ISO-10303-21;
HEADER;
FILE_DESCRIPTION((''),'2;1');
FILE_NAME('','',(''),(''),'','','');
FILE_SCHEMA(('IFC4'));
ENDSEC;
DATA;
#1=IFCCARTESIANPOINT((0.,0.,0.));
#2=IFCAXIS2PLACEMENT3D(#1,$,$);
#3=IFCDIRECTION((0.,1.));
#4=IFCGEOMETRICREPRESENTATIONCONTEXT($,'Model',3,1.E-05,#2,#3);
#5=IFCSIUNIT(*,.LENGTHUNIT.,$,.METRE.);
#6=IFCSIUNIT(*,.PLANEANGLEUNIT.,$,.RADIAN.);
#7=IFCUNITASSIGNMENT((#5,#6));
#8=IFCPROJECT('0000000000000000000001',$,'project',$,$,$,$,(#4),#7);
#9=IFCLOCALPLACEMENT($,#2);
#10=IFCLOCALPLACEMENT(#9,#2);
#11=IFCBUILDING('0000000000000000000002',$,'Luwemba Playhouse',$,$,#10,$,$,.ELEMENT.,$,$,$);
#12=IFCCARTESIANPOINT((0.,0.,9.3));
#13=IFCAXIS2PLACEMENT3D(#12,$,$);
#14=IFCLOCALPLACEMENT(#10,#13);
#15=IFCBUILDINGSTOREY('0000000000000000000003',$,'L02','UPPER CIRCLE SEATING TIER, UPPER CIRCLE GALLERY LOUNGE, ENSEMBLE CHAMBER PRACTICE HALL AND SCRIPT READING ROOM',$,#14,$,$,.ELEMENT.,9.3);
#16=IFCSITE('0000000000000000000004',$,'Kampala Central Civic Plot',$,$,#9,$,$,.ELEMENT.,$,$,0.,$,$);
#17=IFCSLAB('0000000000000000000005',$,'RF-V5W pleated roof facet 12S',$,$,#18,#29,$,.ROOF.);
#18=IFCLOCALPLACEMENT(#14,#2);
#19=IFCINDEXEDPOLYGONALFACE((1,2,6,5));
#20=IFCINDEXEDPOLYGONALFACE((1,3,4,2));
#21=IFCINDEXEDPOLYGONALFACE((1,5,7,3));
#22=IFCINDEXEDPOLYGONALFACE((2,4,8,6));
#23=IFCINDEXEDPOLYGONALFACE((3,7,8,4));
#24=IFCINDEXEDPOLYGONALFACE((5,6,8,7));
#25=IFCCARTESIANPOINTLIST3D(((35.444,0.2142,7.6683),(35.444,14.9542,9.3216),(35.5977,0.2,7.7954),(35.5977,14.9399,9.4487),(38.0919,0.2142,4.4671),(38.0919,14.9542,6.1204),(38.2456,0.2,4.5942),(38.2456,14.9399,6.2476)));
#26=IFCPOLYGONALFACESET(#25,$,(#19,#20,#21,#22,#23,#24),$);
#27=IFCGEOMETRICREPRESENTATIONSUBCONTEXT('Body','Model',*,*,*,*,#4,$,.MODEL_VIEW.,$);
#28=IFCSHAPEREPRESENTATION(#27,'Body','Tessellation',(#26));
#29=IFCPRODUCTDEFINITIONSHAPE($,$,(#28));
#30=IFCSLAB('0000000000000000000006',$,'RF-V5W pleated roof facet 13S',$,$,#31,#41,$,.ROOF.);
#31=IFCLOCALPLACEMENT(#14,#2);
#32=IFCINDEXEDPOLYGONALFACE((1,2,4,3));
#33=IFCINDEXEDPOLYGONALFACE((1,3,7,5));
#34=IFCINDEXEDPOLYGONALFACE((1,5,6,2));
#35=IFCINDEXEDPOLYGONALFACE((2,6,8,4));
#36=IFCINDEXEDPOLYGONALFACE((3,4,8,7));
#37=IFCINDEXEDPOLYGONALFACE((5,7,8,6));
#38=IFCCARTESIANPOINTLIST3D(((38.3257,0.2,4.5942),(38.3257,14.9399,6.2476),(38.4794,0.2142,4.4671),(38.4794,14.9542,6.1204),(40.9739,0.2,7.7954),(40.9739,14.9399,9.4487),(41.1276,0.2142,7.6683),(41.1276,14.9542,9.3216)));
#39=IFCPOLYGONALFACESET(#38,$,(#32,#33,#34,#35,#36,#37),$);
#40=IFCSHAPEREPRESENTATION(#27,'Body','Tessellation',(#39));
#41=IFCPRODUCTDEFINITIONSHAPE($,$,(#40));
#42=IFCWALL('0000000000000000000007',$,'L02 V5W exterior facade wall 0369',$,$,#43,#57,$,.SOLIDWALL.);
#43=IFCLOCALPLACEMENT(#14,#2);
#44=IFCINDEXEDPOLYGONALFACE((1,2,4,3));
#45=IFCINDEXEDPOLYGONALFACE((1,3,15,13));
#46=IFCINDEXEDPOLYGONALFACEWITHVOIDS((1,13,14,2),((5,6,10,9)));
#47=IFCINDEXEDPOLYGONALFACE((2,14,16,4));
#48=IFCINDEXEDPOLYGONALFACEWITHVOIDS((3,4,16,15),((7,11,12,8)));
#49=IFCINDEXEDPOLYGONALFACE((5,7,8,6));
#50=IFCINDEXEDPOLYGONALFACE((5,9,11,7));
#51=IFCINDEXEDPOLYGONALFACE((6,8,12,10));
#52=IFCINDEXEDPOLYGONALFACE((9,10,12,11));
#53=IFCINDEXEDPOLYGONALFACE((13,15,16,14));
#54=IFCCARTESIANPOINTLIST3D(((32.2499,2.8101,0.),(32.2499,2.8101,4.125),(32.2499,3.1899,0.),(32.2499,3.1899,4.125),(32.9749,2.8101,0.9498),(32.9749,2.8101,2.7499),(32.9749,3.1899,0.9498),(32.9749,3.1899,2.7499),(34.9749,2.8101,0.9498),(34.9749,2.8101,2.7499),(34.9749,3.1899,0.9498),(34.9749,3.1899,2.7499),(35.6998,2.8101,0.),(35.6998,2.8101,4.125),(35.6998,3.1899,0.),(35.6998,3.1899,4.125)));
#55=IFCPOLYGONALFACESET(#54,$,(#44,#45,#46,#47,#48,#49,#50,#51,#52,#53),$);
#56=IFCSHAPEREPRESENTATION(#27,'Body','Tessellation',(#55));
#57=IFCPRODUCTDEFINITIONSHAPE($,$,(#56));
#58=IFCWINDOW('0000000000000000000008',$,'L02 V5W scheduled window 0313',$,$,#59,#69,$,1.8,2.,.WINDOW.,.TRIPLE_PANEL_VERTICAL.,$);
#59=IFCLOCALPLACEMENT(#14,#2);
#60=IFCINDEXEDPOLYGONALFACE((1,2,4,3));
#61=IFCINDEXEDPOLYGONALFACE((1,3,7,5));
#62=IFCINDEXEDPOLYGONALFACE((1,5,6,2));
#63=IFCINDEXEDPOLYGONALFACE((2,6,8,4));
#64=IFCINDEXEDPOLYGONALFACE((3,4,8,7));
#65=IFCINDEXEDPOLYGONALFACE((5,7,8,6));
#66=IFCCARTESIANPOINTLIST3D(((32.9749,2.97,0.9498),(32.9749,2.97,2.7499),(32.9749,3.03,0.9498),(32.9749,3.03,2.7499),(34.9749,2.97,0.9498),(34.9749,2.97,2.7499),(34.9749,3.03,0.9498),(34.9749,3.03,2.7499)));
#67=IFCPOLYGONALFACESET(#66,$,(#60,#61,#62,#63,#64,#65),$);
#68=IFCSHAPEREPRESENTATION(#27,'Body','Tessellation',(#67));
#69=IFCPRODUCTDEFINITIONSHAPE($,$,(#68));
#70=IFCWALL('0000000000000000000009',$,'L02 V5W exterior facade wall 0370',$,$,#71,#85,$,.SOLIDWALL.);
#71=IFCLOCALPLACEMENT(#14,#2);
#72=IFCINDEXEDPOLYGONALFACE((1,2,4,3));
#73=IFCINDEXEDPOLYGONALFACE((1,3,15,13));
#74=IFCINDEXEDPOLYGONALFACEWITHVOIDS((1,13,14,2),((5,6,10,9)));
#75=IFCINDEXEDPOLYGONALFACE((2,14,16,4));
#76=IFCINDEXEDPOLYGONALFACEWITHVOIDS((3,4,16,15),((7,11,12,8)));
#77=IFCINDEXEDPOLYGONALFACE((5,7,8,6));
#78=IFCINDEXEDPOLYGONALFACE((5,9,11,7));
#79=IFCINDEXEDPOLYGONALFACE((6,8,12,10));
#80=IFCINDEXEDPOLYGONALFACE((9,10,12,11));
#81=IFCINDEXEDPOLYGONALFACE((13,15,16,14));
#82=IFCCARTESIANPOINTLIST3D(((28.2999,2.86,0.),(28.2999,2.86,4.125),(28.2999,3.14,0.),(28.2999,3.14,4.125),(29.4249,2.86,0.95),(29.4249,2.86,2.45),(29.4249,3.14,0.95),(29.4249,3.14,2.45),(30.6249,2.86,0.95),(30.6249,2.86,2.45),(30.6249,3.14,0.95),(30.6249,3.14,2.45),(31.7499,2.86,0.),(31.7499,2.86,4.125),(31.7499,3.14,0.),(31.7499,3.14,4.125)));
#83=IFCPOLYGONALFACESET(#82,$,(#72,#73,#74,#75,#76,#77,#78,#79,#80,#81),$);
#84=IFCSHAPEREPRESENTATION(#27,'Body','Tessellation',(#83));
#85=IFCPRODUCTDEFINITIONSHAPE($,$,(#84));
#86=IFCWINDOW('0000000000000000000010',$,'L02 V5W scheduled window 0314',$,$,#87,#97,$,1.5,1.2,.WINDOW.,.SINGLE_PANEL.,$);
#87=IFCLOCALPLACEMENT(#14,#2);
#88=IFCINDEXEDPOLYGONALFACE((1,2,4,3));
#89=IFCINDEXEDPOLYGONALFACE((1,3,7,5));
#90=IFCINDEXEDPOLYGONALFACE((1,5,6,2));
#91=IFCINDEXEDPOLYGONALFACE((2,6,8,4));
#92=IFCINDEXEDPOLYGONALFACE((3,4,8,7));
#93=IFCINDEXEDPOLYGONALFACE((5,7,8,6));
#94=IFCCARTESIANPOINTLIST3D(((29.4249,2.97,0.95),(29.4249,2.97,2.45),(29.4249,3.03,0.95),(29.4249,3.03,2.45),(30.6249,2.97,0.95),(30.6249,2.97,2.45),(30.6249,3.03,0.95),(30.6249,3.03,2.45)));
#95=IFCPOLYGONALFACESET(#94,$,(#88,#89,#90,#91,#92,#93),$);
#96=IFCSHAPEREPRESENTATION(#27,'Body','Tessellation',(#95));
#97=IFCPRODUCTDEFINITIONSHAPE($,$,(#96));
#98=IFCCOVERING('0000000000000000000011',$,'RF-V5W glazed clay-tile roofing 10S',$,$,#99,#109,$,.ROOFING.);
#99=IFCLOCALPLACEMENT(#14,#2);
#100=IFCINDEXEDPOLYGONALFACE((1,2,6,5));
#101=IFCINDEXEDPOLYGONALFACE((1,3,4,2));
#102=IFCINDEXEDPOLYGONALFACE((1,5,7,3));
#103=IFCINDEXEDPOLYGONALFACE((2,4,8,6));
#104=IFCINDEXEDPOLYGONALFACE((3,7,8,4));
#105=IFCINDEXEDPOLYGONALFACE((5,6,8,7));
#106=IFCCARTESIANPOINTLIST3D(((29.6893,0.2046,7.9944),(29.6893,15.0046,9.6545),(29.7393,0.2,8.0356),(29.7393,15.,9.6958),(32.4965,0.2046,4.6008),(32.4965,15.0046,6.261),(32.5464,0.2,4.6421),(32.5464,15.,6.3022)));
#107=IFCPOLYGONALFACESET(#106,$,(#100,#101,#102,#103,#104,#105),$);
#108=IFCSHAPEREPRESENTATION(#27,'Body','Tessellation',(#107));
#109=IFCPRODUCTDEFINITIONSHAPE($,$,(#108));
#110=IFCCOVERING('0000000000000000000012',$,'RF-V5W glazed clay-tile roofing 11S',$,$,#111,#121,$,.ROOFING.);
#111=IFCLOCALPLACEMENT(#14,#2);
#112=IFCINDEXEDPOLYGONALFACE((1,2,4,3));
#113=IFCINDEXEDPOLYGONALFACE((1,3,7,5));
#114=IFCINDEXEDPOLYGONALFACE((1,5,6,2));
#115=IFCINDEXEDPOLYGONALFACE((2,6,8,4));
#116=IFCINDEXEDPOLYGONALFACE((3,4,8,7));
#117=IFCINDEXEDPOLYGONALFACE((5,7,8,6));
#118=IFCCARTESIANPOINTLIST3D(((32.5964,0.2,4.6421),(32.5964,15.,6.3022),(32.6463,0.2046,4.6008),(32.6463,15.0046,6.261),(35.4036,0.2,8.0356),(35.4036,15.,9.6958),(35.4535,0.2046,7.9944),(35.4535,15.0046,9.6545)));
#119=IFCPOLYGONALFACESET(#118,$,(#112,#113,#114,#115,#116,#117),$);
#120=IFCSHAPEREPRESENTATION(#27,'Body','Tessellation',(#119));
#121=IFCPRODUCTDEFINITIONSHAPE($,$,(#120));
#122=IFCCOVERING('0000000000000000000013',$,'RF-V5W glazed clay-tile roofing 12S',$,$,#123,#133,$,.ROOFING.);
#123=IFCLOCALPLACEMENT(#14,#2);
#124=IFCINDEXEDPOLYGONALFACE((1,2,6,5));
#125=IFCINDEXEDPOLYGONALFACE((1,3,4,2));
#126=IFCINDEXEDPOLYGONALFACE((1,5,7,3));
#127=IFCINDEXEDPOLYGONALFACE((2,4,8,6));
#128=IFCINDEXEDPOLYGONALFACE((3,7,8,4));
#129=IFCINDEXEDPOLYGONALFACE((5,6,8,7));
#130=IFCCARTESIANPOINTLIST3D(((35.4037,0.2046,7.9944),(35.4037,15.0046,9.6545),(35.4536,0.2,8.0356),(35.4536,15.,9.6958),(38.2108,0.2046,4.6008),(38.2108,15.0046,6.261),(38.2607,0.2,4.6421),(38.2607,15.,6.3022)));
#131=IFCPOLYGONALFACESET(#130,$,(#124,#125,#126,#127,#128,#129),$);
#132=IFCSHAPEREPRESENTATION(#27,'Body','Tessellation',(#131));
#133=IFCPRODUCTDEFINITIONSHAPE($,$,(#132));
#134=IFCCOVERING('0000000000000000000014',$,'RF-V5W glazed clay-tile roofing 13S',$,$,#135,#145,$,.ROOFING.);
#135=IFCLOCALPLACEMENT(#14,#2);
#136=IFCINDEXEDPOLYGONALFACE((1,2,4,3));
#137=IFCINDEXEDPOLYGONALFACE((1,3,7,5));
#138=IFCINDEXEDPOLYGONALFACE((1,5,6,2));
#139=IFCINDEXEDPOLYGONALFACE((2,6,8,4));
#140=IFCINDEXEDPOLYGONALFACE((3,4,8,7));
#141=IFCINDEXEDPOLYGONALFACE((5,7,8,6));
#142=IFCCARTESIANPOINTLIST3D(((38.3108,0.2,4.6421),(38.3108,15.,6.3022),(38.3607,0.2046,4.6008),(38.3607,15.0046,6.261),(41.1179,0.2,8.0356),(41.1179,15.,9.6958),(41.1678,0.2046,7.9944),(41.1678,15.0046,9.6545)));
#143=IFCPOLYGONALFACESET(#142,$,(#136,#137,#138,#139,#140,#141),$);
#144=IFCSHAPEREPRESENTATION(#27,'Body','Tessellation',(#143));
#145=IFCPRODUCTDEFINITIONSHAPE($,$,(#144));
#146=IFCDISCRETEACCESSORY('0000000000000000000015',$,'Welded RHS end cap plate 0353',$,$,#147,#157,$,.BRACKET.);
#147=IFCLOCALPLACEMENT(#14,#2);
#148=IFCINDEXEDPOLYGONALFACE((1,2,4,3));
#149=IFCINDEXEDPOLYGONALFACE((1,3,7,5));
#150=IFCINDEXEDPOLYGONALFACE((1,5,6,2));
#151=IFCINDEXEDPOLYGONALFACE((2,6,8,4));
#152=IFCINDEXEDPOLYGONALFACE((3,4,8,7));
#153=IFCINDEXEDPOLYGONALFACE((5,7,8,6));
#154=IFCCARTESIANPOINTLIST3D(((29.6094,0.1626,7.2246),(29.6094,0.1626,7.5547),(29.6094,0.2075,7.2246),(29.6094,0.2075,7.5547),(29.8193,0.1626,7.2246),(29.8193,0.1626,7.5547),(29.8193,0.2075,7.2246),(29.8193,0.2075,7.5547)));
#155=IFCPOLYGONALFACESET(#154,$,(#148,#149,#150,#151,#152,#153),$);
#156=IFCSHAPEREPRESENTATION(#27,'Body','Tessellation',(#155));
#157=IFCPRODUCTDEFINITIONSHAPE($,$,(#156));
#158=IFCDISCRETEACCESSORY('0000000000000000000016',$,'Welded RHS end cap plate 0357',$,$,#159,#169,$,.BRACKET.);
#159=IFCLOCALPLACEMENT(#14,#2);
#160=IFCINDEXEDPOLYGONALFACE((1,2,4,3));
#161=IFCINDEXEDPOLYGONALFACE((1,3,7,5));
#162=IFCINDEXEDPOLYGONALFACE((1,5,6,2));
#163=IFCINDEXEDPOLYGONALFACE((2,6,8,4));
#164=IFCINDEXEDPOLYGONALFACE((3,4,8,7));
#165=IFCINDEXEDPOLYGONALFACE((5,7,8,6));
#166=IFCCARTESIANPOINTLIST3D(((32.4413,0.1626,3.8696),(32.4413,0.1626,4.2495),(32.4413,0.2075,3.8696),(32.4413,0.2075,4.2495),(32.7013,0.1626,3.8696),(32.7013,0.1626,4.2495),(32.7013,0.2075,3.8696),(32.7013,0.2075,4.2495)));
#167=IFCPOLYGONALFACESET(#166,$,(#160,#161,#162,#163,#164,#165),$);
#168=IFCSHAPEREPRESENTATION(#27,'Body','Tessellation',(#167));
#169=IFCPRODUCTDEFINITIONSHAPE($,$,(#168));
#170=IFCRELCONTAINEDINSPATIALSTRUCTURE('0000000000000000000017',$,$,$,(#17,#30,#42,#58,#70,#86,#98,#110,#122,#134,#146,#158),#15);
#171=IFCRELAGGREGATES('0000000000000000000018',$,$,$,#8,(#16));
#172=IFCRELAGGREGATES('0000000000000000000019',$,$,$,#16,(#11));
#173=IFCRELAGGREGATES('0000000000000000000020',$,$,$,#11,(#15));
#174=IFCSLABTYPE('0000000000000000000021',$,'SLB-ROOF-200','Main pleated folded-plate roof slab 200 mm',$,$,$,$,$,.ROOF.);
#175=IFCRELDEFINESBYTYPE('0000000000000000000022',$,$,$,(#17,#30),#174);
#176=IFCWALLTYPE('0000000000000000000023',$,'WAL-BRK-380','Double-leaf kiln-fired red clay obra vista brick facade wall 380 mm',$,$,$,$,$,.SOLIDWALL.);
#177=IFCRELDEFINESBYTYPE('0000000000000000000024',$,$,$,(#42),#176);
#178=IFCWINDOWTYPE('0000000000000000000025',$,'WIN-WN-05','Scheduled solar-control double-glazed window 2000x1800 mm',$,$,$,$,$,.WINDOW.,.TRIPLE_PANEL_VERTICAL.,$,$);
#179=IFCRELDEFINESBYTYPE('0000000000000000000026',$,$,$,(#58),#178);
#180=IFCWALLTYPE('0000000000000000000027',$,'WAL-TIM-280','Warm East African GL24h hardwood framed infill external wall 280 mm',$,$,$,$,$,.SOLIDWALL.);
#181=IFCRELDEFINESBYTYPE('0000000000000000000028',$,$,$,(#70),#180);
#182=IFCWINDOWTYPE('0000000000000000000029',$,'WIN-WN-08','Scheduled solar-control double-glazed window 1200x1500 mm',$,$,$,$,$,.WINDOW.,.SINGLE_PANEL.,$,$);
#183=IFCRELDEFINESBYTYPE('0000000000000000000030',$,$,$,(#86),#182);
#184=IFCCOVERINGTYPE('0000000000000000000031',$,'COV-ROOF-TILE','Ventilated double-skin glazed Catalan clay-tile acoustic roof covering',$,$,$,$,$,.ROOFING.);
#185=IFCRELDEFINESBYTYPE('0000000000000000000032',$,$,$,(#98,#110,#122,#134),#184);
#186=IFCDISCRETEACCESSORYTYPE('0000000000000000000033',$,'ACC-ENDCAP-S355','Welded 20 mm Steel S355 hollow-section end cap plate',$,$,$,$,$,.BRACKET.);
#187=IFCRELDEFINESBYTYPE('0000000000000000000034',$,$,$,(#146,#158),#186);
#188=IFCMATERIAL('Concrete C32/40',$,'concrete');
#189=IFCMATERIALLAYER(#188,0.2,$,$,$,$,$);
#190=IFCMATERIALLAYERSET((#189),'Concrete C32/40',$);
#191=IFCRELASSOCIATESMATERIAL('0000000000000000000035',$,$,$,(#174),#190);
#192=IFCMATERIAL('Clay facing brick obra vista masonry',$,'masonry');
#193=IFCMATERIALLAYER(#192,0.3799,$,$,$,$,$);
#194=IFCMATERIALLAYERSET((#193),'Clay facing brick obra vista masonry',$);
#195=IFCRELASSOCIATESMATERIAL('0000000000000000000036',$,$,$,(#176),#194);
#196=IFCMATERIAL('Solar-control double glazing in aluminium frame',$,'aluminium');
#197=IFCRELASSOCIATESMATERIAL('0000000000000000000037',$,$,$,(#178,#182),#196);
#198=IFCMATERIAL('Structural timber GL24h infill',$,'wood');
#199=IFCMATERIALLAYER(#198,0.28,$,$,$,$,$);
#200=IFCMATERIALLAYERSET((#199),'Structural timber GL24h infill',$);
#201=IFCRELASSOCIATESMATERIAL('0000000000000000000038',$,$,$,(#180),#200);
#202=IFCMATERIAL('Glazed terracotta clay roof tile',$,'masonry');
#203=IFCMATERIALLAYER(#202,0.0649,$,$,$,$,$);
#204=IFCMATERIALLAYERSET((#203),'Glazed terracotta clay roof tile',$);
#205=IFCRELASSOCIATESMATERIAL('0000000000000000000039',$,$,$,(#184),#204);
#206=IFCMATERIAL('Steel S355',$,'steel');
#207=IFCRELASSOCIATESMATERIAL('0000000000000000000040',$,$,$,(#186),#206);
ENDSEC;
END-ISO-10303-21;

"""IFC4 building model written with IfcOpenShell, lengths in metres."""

from ifc_helpers import new_model, si_unit, direction, frame, frame_2d, origin, origin_2d, place, context, subcontext, project, spatial, polyline, rectangle, outline, extrude, material, layer, layer_set, type_object, element, fill, save


model = new_model("IFC4")

# Units and contexts
model_context = context("Model", 3, precision=1e-05, world=origin(), true_north=direction((0.0, 1.0)))
body_context = subcontext(model_context, "Body", "Model", "MODEL_VIEW")
ifc_project = project(units=[si_unit("LENGTHUNIT", "METRE"), si_unit("PLANEANGLEUNIT", "RADIAN")], contexts=[model_context])

# Site, building, storey
site_placement = place(None, origin())
site = spatial("IfcSite", under=ifc_project, at=site_placement, Name="Kampala Central Civic Plot", CompositionType="ELEMENT", RefElevation=0.0)
building_placement = place(site_placement, origin())
building = spatial("IfcBuilding", under=site, at=building_placement, Name="Luwemba Playhouse", CompositionType="ELEMENT")
storey_placement = place(building_placement, frame((0.0, 0.0, 9.3)))
storey = spatial("IfcBuildingStorey", under=building, at=storey_placement, Name="L02", Description="UPPER CIRCLE SEATING TIER, UPPER CIRCLE GALLERY LOUNGE, ENSEMBLE CHAMBER PRACTICE HALL AND SCRIPT READING ROOM", CompositionType="ELEMENT", Elevation=9.3)

# Shared definitions
ifc_material_1 = material(Name="Steel S355", Category="steel")

# Slabs
ifc_material_2 = material(Name="Concrete C32/40", Category="concrete")
ifc_layer_1 = layer(ifc_material_2, 0.2)
ifc_layer_set_1 = layer_set([ifc_layer_1], Name="Concrete C32/40")
slab_type = type_object("IfcSlabType", Name="SLB-ROOF-200", Description="Main pleated folded-plate roof slab 200 mm", PredefinedType="ROOF", material=ifc_layer_set_1)
slab_1_placement = place(storey_placement, frame((35.5977, 0.2, 7.7954), z_axis=(0.768586, -0.07131, 0.63576), x_axis=(0.637382, 0.0, -0.770548)))
element("IfcSlab", 1, at=slab_1_placement, inside=storey, type_object=slab_type, Name="RF-V5W pleated roof facet 12S", PredefinedType="ROOF", context=body_context, shape_type="SweptSolid", body=[
    extrude(outline(polyline([(0.0, 0.0), (4.1544, 0.0), (2.8804, 14.7776), (-1.274, 14.7776), (0.0, 0.0)])), origin(), (0.0, 0.0, -1.0), 0.2),
])
slab_2_placement = place(storey_placement, frame((38.3257, 0.2, 4.5942), z_axis=(-0.768557, -0.071314, 0.635794), x_axis=(0.637417, 0.0, 0.770519)))
element("IfcSlab", 2, at=slab_2_placement, inside=storey, type_object=slab_type, Name="RF-V5W pleated roof facet 13S", PredefinedType="ROOF", context=body_context, shape_type="SweptSolid", body=[
    extrude(outline(polyline([(0.0, 0.0), (4.1546, 0.0), (5.4285, 14.7776), (1.2739, 14.7776), (0.0, 0.0)])), origin(), (0.0, 0.0, -1.0), 0.2),
])

# Walls, openings, windows
ifc_material_3 = material(Name="Clay facing brick obra vista masonry", Category="masonry")
ifc_layer_2 = layer(ifc_material_3, 0.3799)
ifc_layer_set_2 = layer_set([ifc_layer_2], Name="Clay facing brick obra vista masonry")
wall_type_1 = type_object("IfcWallType", Name="WAL-BRK-380", Description="Double-leaf kiln-fired red clay obra vista brick facade wall 380 mm", PredefinedType="SOLIDWALL", material=ifc_layer_set_2)
wall_1_placement = place(storey_placement, frame((35.7, 3.0, 0.0), z_axis=(0.0, 0.0, 1.0), x_axis=(-1.0, 0.0, 0.0)))
wall_1 = element("IfcWall", 3, at=wall_1_placement, inside=storey, type_object=wall_type_1, Name="L02 V5W exterior facade wall 0369", PredefinedType="SOLIDWALL", context=body_context, shape_type="SweptSolid", body=[
    extrude(rectangle(XDim=3.45, YDim=0.3799, at=frame_2d((1.7251, 0.0))), origin(), (0.0, 0.0, 1.0), 4.125),
])
opening_1_placement = place(wall_1_placement, frame((0.7251, 0.0, 0.95)))
opening_1 = element("IfcOpeningElement", 4, at=opening_1_placement, cuts=wall_1, PredefinedType="OPENING", context=body_context, shape_type="SweptSolid", body=[
    extrude(rectangle(XDim=2.0, YDim=1.8, at=frame_2d((1.0, 0.8999))), frame((0.0, 0.2, 0.0), z_axis=(0.0, -1.0, 0.0), x_axis=(1.0, 0.0, 0.0)), (0.0, 0.0, 1.0), 0.3999),
])
ifc_material_4 = material(Name="Solar-control double glazing in aluminium frame", Category="aluminium")
window_type_1 = type_object("IfcWindowType", Name="WIN-WN-05", Description="Scheduled solar-control double-glazed window 2000x1800 mm", PartitioningType="TRIPLE_PANEL_VERTICAL", PredefinedType="WINDOW", material=ifc_material_4)
window_1_placement = place(opening_1_placement, origin())
window_1 = element("IfcWindow", 5, at=window_1_placement, inside=storey, type_object=window_type_1, Name="L02 V5W scheduled window 0313", OverallHeight=1.8, OverallWidth=2.0, PartitioningType="TRIPLE_PANEL_VERTICAL", PredefinedType="WINDOW", context=body_context, shape_type="SweptSolid", body=[
    extrude(rectangle(XDim=2.0, YDim=1.8, at=frame_2d((1.0, 0.8999))), frame((0.0, 0.03, 0.0), z_axis=(0.0, -1.0, 0.0), x_axis=(1.0, 0.0, 0.0)), (0.0, 0.0, 1.0), 0.0601),
])
fill(opening_1, window_1)
ifc_material_5 = material(Name="Structural timber GL24h infill", Category="wood")
ifc_layer_3 = layer(ifc_material_5, 0.28)
ifc_layer_set_3 = layer_set([ifc_layer_3], Name="Structural timber GL24h infill")
wall_type_2 = type_object("IfcWallType", Name="WAL-TIM-280", Description="Warm East African GL24h hardwood framed infill external wall 280 mm", PredefinedType="SOLIDWALL", material=ifc_layer_set_3)
wall_2_placement = place(storey_placement, frame((31.75, 3.0, 0.0), z_axis=(0.0, 0.0, 1.0), x_axis=(-1.0, 0.0, 0.0)))
wall_2 = element("IfcWall", 6, at=wall_2_placement, inside=storey, type_object=wall_type_2, Name="L02 V5W exterior facade wall 0370", PredefinedType="SOLIDWALL", context=body_context, shape_type="SweptSolid", body=[
    extrude(rectangle(XDim=3.45, YDim=0.28, at=frame_2d((1.7251, 0.0))), origin(), (0.0, 0.0, 1.0), 4.125),
])
opening_2_placement = place(wall_2_placement, frame((1.125, 0.0, 0.95)))
opening_2 = element("IfcOpeningElement", 7, at=opening_2_placement, cuts=wall_2, PredefinedType="OPENING", context=body_context, shape_type="SweptSolid", body=[
    extrude(rectangle(XDim=1.2, YDim=1.5, at=frame_2d((0.6001, 0.75))), frame((0.0, 0.1499, 0.0), z_axis=(0.0, -1.0, 0.0), x_axis=(1.0, 0.0, 0.0)), (0.0, 0.0, 1.0), 0.3),
])
window_type_2 = type_object("IfcWindowType", Name="WIN-WN-08", Description="Scheduled solar-control double-glazed window 1200x1500 mm", PartitioningType="SINGLE_PANEL", PredefinedType="WINDOW", material=ifc_material_4)
window_2_placement = place(opening_2_placement, origin())
window_2 = element("IfcWindow", 8, at=window_2_placement, inside=storey, type_object=window_type_2, Name="L02 V5W scheduled window 0314", OverallHeight=1.5, OverallWidth=1.2, PartitioningType="SINGLE_PANEL", PredefinedType="WINDOW", context=body_context, shape_type="SweptSolid", body=[
    extrude(rectangle(XDim=1.2, YDim=1.5, at=frame_2d((0.6001, 0.75))), frame((0.0, 0.03, 0.0), z_axis=(0.0, -1.0, 0.0), x_axis=(1.0, 0.0, 0.0)), (0.0, 0.0, 1.0), 0.0601),
])
fill(opening_2, window_2)

# Coverings
ifc_material_6 = material(Name="Glazed terracotta clay roof tile", Category="masonry")
ifc_layer_4 = layer(ifc_material_6, 0.0649)
ifc_layer_set_4 = layer_set([ifc_layer_4], Name="Glazed terracotta clay roof tile")
covering_type = type_object("IfcCoveringType", Name="COV-ROOF-TILE", Description="Ventilated double-skin glazed Catalan clay-tile acoustic roof covering", PredefinedType="ROOFING", material=ifc_layer_set_4)
covering_1_placement = place(storey_placement, frame((29.7393, 0.2, 8.0356), z_axis=(0.768581, -0.071315, 0.635766), x_axis=(0.637388, 0.0, -0.770543)))
element("IfcCovering", 9, at=covering_1_placement, inside=storey, type_object=covering_type, Name="RF-V5W glazed clay-tile roofing 10S", PredefinedType="ROOFING", context=body_context, shape_type="SweptSolid", body=[
    extrude(outline(polyline([(0.0, 0.0), (4.4041, 0.0), (3.1249, 14.8378), (-1.2792, 14.8378), (0.0, 0.0)])), origin(), (0.0, 0.0, -1.0), 0.0649),
])
covering_2_placement = place(storey_placement, frame((32.5964, 0.2, 4.6421), z_axis=(-0.768581, -0.071315, 0.635766), x_axis=(0.637388, 0.0, 0.770543)))
element("IfcCovering", 10, at=covering_2_placement, inside=storey, type_object=covering_type, Name="RF-V5W glazed clay-tile roofing 11S", PredefinedType="ROOFING", context=body_context, shape_type="SweptSolid", body=[
    extrude(outline(polyline([(0.0, 0.0), (4.4041, 0.0), (5.6833, 14.8378), (1.2792, 14.8378), (0.0, 0.0)])), origin(), (0.0, 0.0, -1.0), 0.0649),
])
covering_3_placement = place(storey_placement, frame((35.4536, 0.2, 8.0356), z_axis=(0.768581, -0.071315, 0.635766), x_axis=(0.637388, 0.0, -0.770543)))
element("IfcCovering", 11, at=covering_3_placement, inside=storey, type_object=covering_type, Name="RF-V5W glazed clay-tile roofing 12S", PredefinedType="ROOFING", context=body_context, shape_type="SweptSolid", body=[
    extrude(outline(polyline([(0.0, 0.0), (4.4041, 0.0), (3.1249, 14.8378), (-1.2792, 14.8378), (0.0, 0.0)])), origin(), (0.0, 0.0, -1.0), 0.0649),
])
covering_4_placement = place(storey_placement, frame((38.3108, 0.2, 4.6421), z_axis=(-0.768581, -0.071315, 0.635766), x_axis=(0.637388, 0.0, 0.770543)))
element("IfcCovering", 12, at=covering_4_placement, inside=storey, type_object=covering_type, Name="RF-V5W glazed clay-tile roofing 13S", PredefinedType="ROOFING", context=body_context, shape_type="SweptSolid", body=[
    extrude(outline(polyline([(0.0, 0.0), (4.4041, 0.0), (5.6833, 14.8378), (1.2792, 14.8378), (0.0, 0.0)])), origin(), (0.0, 0.0, -1.0), 0.0649),
])

# Discrete accessories
discrete_accessory_type = type_object("IfcDiscreteAccessoryType", Name="ACC-ENDCAP-S355", Description="Welded 20 mm Steel S355 hollow-section end cap plate", PredefinedType="BRACKET", material=ifc_material_1)
discrete_accessory_1_placement = place(storey_placement, frame((29.7144, 0.1851, 7.2246), z_axis=(0.0, 0.0, 1.0), x_axis=(1.0, 0.0, 0.0)))
element("IfcDiscreteAccessory", 13, at=discrete_accessory_1_placement, inside=storey, type_object=discrete_accessory_type, Name="Welded RHS end cap plate 0353", PredefinedType="BRACKET", context=body_context, shape_type="SweptSolid", body=[
    extrude(rectangle(XDim=0.21, YDim=0.0449, at=origin_2d()), origin(), (0.0, 0.0, 1.0), 0.3301),
])
discrete_accessory_2_placement = place(storey_placement, frame((32.5713, 0.1851, 3.8696), z_axis=(0.0, 0.0, 1.0), x_axis=(1.0, 0.0, 0.0)))
element("IfcDiscreteAccessory", 14, at=discrete_accessory_2_placement, inside=storey, type_object=discrete_accessory_type, Name="Welded RHS end cap plate 0357", PredefinedType="BRACKET", context=body_context, shape_type="SweptSolid", body=[
    extrude(rectangle(XDim=0.26, YDim=0.0449, at=origin_2d()), origin(), (0.0, 0.0, 1.0), 0.3799),
])

save(model, "model.ifc")
